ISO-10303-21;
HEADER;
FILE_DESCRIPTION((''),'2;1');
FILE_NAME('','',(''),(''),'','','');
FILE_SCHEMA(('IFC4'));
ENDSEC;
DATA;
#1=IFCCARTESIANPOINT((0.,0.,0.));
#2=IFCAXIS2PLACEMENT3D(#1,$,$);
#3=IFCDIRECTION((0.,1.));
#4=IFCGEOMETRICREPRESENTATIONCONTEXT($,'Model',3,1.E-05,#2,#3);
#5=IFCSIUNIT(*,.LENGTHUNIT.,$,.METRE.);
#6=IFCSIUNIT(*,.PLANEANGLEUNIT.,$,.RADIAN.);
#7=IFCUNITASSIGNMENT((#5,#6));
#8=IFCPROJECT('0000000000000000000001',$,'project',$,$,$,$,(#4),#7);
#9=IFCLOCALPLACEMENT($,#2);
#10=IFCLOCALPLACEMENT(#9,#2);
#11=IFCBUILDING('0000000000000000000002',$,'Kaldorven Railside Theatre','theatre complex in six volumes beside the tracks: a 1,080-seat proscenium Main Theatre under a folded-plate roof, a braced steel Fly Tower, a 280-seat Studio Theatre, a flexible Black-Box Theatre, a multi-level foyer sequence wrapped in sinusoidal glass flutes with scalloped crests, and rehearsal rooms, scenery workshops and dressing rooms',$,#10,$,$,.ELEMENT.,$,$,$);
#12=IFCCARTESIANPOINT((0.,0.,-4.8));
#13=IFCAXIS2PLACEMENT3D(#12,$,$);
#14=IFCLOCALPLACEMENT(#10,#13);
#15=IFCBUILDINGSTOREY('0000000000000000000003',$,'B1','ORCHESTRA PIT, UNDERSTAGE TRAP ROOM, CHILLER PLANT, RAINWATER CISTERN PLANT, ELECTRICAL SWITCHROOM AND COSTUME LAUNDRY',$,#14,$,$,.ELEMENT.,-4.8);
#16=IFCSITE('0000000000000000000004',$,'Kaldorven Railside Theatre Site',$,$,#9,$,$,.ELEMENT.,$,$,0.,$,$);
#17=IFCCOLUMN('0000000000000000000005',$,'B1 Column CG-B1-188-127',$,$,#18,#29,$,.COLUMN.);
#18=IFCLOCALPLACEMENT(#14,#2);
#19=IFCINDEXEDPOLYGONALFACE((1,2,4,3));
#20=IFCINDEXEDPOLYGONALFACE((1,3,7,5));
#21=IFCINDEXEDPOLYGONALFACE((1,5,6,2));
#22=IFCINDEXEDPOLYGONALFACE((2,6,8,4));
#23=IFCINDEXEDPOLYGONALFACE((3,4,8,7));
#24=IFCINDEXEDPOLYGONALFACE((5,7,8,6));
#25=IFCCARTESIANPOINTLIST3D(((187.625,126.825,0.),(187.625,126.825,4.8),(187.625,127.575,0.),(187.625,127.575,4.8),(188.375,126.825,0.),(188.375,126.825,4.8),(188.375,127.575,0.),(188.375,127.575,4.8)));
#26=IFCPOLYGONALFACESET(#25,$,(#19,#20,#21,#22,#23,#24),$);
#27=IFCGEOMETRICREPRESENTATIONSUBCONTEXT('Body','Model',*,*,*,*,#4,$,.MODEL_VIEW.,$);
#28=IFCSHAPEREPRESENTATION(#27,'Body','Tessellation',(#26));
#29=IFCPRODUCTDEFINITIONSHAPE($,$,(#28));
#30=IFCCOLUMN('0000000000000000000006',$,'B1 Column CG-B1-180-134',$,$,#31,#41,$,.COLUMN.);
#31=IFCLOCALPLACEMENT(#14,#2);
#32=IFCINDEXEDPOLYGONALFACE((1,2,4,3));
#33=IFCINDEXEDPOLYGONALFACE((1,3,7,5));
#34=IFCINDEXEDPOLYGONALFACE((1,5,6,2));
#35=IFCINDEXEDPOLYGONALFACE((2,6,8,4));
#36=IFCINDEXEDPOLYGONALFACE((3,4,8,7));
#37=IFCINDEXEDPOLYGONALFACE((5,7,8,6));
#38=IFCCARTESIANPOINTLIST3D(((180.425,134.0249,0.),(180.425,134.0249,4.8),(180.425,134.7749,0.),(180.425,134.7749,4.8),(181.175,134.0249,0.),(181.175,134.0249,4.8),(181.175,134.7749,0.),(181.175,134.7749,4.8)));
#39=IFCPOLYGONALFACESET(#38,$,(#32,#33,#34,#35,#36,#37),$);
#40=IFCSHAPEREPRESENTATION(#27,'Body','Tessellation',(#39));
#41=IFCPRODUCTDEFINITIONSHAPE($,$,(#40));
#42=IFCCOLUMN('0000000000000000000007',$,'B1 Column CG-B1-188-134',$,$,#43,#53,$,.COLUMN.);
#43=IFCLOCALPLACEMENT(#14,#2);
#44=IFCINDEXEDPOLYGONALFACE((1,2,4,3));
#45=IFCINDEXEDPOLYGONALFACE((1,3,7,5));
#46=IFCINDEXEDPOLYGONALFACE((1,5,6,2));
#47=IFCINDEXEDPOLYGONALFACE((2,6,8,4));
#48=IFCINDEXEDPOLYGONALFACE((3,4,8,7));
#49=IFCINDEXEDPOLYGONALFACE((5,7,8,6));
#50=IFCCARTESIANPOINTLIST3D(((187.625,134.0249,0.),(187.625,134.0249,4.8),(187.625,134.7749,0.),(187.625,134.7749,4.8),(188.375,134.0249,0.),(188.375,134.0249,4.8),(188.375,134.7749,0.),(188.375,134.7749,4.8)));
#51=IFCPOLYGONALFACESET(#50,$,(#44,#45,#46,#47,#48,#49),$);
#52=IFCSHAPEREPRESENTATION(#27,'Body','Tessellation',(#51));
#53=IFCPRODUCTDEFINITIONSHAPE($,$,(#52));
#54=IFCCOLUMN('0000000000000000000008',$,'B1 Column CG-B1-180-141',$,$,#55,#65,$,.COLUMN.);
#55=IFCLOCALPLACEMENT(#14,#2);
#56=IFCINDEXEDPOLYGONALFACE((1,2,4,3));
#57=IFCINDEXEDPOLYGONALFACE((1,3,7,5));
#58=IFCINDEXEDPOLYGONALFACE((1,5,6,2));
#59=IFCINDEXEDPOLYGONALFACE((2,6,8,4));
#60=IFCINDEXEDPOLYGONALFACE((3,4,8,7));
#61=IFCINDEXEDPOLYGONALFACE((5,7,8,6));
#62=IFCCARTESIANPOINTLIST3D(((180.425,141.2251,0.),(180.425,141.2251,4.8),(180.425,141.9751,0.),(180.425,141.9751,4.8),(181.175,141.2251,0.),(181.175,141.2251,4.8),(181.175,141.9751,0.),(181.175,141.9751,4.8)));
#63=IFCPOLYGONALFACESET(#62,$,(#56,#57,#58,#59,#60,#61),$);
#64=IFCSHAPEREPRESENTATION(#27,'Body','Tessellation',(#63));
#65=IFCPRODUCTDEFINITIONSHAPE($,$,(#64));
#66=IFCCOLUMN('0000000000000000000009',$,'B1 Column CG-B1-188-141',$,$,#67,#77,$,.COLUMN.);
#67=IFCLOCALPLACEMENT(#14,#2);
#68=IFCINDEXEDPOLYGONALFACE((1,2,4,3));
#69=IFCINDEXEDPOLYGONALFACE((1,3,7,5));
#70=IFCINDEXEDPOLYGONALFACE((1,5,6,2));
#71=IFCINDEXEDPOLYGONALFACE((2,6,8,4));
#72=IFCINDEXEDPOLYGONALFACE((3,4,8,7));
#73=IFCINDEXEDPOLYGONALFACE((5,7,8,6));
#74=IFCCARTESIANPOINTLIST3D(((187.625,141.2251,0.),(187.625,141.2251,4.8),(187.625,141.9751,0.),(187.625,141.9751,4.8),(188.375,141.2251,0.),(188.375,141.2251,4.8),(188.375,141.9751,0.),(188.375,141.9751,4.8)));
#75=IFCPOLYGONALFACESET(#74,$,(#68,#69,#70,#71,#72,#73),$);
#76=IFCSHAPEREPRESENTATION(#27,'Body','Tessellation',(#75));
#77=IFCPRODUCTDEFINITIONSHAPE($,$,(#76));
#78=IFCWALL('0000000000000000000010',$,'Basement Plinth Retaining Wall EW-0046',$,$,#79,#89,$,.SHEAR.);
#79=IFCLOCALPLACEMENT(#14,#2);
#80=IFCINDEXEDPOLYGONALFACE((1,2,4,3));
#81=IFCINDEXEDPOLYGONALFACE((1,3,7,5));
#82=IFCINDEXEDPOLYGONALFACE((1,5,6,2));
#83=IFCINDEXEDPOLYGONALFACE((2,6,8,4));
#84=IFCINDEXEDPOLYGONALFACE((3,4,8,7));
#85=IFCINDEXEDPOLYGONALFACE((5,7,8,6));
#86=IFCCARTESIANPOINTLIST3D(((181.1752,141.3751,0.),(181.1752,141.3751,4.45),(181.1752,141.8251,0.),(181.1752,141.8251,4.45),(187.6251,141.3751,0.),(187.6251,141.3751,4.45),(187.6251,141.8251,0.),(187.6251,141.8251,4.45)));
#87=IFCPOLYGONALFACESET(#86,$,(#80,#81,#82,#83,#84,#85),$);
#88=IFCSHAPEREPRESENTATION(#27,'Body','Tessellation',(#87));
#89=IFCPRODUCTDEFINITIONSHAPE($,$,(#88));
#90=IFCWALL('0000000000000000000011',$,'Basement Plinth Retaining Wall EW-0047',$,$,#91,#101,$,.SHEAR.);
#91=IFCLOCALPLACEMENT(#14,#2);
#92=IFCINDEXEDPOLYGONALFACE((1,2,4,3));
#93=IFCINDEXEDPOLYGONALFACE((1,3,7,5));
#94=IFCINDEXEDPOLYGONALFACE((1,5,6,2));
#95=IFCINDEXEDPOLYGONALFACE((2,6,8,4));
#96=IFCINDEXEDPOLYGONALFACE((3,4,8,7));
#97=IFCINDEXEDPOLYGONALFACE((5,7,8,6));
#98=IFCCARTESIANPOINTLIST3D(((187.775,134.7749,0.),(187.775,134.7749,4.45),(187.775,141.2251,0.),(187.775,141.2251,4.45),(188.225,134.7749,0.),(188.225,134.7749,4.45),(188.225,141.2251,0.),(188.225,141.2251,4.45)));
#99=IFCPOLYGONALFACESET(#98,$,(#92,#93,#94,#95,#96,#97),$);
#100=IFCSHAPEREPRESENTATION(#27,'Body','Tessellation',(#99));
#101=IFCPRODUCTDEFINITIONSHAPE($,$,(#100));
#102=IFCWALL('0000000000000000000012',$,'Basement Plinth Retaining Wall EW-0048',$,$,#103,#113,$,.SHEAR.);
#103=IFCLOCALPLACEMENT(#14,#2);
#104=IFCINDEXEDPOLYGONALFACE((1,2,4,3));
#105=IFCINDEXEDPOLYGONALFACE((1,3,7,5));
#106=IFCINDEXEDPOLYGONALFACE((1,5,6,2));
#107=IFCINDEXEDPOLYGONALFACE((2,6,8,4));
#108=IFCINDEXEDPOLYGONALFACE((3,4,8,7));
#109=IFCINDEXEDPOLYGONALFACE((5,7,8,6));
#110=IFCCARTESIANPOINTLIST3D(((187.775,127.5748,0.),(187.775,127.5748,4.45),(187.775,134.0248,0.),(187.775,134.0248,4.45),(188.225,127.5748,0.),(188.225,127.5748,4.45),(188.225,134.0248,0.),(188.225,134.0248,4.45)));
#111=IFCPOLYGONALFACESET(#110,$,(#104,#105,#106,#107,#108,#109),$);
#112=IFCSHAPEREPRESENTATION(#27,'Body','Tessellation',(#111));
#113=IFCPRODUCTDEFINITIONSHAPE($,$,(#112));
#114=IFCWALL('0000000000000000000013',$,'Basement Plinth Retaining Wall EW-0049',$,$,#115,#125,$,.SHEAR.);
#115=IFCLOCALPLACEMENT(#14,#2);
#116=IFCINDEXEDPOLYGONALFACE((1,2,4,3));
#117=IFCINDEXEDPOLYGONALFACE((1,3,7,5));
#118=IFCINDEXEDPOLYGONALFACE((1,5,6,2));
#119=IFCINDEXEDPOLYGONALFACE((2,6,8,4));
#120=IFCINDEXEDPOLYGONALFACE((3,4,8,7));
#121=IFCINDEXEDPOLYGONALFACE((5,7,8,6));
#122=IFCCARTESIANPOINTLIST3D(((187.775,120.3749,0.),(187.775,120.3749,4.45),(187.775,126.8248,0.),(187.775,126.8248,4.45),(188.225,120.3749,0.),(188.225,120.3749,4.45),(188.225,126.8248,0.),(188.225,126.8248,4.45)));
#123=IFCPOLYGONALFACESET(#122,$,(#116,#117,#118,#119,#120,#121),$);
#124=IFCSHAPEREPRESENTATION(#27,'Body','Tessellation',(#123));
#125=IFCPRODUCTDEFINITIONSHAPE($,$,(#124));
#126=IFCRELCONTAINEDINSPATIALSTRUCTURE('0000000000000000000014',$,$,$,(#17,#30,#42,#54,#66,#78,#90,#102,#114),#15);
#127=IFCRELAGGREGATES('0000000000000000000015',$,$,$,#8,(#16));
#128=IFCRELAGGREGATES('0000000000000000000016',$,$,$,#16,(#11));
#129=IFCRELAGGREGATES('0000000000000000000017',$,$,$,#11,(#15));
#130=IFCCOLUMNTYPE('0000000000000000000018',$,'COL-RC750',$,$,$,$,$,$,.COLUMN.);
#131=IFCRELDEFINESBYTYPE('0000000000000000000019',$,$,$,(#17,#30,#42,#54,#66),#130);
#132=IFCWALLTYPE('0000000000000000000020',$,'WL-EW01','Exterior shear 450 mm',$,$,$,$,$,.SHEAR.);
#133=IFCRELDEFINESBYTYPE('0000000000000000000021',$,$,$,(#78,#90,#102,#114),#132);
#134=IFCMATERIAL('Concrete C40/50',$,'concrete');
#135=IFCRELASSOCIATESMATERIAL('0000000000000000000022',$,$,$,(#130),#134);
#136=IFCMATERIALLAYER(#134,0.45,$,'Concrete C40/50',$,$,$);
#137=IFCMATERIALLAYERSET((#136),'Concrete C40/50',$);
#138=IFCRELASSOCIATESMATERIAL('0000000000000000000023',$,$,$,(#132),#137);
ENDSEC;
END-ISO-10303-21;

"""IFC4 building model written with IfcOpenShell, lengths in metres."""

from ifc_helpers import new_model, si_unit, direction, frame, frame_2d, origin, origin_2d, place, context, subcontext, project, spatial, rectangle, extrude, material, layer, layer_set, material_profile, profile_set, type_object, element, save


model = new_model("IFC4")

# Units and contexts
model_context = context("Model", 3, precision=1e-05, world=origin(), true_north=direction((0.0, 1.0)))
body_context = subcontext(model_context, "Body", "Model", "MODEL_VIEW")
ifc_project = project(units=[si_unit("LENGTHUNIT", "METRE"), si_unit("PLANEANGLEUNIT", "RADIAN")], contexts=[model_context])

# Site, building, storey
site_placement = place(None, origin())
site = spatial("IfcSite", under=ifc_project, at=site_placement, Name="Kaldorven Railside Theatre Site", CompositionType="ELEMENT", RefElevation=0.0)
building_placement = place(site_placement, origin())
building = spatial("IfcBuilding", under=site, at=building_placement, Name="Kaldorven Railside Theatre", Description="theatre complex in six volumes beside the tracks: a 1,080-seat proscenium Main Theatre under a folded-plate roof, a braced steel Fly Tower, a 280-seat Studio Theatre, a flexible Black-Box Theatre, a multi-level foyer sequence wrapped in sinusoidal glass flutes with scalloped crests, and rehearsal rooms, scenery workshops and dressing rooms", CompositionType="ELEMENT")
storey_placement = place(building_placement, frame((0.0, 0.0, -4.8)))
storey = spatial("IfcBuildingStorey", under=building, at=storey_placement, Name="B1", Description="ORCHESTRA PIT, UNDERSTAGE TRAP ROOM, CHILLER PLANT, RAINWATER CISTERN PLANT, ELECTRICAL SWITCHROOM AND COSTUME LAUNDRY", CompositionType="ELEMENT", Elevation=-4.8)

# Shared definitions
ifc_material_1 = material(Name="Concrete C40/50", Category="concrete")

# Columns
ifc_material_profile_1 = material_profile(ifc_material_1, rectangle(XDim=0.75, YDim=0.75, at=origin_2d()), Name="RC 750x750")
ifc_profile_set_1 = profile_set([ifc_material_profile_1], Name="Concrete C40/50")
column_type = type_object("IfcColumnType", Name="COL-RC750", PredefinedType="COLUMN", material=ifc_profile_set_1)
for number, where, z_axis, x_axis, name in (
    (1, (188.0, 127.2, 0.0), (0.0, 0.0, 1.0), (0.0, 1.0, 0.0), "B1 Column CG-B1-188-127"),
    (2, (180.8, 134.3999, 0.0), (0.0, 0.0, 1.0), (0.0, 1.0, 0.0), "B1 Column CG-B1-180-134"),
    (3, (188.0, 134.3999, 0.0), (0.0, 0.0, 1.0), (1.0, 0.0, 0.0), "B1 Column CG-B1-188-134"),
    (4, (180.8, 141.6001, 0.0), (0.0, 0.0, 1.0), (1.0, 0.0, 0.0), "B1 Column CG-B1-180-141"),
    (5, (188.0, 141.6001, 0.0), (0.0, 0.0, 1.0), (0.0, 1.0, 0.0), "B1 Column CG-B1-188-141"),
):
    element("IfcColumn", number, at=place(storey_placement, frame(where, z_axis=z_axis, x_axis=x_axis)), inside=storey, type_object=column_type, Name=name, PredefinedType="COLUMN", context=body_context, shape_type="SweptSolid", body=[
        extrude(rectangle(XDim=0.75, YDim=0.75, at=origin_2d()), origin(), (0.0, 0.0, 1.0), 4.8),
    ])

# Walls
ifc_layer = layer(ifc_material_1, 0.45, Name="Concrete C40/50")
ifc_layer_set = layer_set([ifc_layer], Name="Concrete C40/50")
wall_type = type_object("IfcWallType", Name="WL-EW01", Description="Exterior shear 450 mm", PredefinedType="SHEAR", material=ifc_layer_set)
wall_1_placement = place(storey_placement, frame((181.175, 141.6001, 0.0), z_axis=(0.0, 0.0, 1.0), x_axis=(1.0, 0.0, 0.0)))
element("IfcWall", 6, at=wall_1_placement, inside=storey, type_object=wall_type, Name="Basement Plinth Retaining Wall EW-0046", PredefinedType="SHEAR", context=body_context, shape_type="SweptSolid", body=[
    extrude(rectangle(XDim=6.45, YDim=0.45, at=frame_2d((3.2251, 0.0))), origin(), (0.0, 0.0, 1.0), 4.45),
])
wall_2_placement = place(storey_placement, frame((188.0, 141.2251, 0.0), z_axis=(0.0, 0.0, 1.0), x_axis=(0.0, -1.0, 0.0)))
element("IfcWall", 7, at=wall_2_placement, inside=storey, type_object=wall_type, Name="Basement Plinth Retaining Wall EW-0047", PredefinedType="SHEAR", context=body_context, shape_type="SweptSolid", body=[
    extrude(rectangle(XDim=6.4502, YDim=0.45, at=frame_2d((3.2251, 0.0))), origin(), (0.0, 0.0, 1.0), 4.45),
])
for number, where, z_axis, x_axis, name in (
    (8, (188.0, 134.0249, 0.0), (0.0, 0.0, 1.0), (0.0, -1.0, 0.0), "Basement Plinth Retaining Wall EW-0048"),
    (9, (188.0, 126.825, 0.0), (0.0, 0.0, 1.0), (0.0, -1.0, 0.0), "Basement Plinth Retaining Wall EW-0049"),
):
    element("IfcWall", number, at=place(storey_placement, frame(where, z_axis=z_axis, x_axis=x_axis)), inside=storey, type_object=wall_type, Name=name, PredefinedType="SHEAR", context=body_context, shape_type="SweptSolid", body=[
        extrude(rectangle(XDim=6.45, YDim=0.45, at=frame_2d((3.2251, 0.0))), origin(), (0.0, 0.0, 1.0), 4.45),
    ])

save(model, "model.ifc")
